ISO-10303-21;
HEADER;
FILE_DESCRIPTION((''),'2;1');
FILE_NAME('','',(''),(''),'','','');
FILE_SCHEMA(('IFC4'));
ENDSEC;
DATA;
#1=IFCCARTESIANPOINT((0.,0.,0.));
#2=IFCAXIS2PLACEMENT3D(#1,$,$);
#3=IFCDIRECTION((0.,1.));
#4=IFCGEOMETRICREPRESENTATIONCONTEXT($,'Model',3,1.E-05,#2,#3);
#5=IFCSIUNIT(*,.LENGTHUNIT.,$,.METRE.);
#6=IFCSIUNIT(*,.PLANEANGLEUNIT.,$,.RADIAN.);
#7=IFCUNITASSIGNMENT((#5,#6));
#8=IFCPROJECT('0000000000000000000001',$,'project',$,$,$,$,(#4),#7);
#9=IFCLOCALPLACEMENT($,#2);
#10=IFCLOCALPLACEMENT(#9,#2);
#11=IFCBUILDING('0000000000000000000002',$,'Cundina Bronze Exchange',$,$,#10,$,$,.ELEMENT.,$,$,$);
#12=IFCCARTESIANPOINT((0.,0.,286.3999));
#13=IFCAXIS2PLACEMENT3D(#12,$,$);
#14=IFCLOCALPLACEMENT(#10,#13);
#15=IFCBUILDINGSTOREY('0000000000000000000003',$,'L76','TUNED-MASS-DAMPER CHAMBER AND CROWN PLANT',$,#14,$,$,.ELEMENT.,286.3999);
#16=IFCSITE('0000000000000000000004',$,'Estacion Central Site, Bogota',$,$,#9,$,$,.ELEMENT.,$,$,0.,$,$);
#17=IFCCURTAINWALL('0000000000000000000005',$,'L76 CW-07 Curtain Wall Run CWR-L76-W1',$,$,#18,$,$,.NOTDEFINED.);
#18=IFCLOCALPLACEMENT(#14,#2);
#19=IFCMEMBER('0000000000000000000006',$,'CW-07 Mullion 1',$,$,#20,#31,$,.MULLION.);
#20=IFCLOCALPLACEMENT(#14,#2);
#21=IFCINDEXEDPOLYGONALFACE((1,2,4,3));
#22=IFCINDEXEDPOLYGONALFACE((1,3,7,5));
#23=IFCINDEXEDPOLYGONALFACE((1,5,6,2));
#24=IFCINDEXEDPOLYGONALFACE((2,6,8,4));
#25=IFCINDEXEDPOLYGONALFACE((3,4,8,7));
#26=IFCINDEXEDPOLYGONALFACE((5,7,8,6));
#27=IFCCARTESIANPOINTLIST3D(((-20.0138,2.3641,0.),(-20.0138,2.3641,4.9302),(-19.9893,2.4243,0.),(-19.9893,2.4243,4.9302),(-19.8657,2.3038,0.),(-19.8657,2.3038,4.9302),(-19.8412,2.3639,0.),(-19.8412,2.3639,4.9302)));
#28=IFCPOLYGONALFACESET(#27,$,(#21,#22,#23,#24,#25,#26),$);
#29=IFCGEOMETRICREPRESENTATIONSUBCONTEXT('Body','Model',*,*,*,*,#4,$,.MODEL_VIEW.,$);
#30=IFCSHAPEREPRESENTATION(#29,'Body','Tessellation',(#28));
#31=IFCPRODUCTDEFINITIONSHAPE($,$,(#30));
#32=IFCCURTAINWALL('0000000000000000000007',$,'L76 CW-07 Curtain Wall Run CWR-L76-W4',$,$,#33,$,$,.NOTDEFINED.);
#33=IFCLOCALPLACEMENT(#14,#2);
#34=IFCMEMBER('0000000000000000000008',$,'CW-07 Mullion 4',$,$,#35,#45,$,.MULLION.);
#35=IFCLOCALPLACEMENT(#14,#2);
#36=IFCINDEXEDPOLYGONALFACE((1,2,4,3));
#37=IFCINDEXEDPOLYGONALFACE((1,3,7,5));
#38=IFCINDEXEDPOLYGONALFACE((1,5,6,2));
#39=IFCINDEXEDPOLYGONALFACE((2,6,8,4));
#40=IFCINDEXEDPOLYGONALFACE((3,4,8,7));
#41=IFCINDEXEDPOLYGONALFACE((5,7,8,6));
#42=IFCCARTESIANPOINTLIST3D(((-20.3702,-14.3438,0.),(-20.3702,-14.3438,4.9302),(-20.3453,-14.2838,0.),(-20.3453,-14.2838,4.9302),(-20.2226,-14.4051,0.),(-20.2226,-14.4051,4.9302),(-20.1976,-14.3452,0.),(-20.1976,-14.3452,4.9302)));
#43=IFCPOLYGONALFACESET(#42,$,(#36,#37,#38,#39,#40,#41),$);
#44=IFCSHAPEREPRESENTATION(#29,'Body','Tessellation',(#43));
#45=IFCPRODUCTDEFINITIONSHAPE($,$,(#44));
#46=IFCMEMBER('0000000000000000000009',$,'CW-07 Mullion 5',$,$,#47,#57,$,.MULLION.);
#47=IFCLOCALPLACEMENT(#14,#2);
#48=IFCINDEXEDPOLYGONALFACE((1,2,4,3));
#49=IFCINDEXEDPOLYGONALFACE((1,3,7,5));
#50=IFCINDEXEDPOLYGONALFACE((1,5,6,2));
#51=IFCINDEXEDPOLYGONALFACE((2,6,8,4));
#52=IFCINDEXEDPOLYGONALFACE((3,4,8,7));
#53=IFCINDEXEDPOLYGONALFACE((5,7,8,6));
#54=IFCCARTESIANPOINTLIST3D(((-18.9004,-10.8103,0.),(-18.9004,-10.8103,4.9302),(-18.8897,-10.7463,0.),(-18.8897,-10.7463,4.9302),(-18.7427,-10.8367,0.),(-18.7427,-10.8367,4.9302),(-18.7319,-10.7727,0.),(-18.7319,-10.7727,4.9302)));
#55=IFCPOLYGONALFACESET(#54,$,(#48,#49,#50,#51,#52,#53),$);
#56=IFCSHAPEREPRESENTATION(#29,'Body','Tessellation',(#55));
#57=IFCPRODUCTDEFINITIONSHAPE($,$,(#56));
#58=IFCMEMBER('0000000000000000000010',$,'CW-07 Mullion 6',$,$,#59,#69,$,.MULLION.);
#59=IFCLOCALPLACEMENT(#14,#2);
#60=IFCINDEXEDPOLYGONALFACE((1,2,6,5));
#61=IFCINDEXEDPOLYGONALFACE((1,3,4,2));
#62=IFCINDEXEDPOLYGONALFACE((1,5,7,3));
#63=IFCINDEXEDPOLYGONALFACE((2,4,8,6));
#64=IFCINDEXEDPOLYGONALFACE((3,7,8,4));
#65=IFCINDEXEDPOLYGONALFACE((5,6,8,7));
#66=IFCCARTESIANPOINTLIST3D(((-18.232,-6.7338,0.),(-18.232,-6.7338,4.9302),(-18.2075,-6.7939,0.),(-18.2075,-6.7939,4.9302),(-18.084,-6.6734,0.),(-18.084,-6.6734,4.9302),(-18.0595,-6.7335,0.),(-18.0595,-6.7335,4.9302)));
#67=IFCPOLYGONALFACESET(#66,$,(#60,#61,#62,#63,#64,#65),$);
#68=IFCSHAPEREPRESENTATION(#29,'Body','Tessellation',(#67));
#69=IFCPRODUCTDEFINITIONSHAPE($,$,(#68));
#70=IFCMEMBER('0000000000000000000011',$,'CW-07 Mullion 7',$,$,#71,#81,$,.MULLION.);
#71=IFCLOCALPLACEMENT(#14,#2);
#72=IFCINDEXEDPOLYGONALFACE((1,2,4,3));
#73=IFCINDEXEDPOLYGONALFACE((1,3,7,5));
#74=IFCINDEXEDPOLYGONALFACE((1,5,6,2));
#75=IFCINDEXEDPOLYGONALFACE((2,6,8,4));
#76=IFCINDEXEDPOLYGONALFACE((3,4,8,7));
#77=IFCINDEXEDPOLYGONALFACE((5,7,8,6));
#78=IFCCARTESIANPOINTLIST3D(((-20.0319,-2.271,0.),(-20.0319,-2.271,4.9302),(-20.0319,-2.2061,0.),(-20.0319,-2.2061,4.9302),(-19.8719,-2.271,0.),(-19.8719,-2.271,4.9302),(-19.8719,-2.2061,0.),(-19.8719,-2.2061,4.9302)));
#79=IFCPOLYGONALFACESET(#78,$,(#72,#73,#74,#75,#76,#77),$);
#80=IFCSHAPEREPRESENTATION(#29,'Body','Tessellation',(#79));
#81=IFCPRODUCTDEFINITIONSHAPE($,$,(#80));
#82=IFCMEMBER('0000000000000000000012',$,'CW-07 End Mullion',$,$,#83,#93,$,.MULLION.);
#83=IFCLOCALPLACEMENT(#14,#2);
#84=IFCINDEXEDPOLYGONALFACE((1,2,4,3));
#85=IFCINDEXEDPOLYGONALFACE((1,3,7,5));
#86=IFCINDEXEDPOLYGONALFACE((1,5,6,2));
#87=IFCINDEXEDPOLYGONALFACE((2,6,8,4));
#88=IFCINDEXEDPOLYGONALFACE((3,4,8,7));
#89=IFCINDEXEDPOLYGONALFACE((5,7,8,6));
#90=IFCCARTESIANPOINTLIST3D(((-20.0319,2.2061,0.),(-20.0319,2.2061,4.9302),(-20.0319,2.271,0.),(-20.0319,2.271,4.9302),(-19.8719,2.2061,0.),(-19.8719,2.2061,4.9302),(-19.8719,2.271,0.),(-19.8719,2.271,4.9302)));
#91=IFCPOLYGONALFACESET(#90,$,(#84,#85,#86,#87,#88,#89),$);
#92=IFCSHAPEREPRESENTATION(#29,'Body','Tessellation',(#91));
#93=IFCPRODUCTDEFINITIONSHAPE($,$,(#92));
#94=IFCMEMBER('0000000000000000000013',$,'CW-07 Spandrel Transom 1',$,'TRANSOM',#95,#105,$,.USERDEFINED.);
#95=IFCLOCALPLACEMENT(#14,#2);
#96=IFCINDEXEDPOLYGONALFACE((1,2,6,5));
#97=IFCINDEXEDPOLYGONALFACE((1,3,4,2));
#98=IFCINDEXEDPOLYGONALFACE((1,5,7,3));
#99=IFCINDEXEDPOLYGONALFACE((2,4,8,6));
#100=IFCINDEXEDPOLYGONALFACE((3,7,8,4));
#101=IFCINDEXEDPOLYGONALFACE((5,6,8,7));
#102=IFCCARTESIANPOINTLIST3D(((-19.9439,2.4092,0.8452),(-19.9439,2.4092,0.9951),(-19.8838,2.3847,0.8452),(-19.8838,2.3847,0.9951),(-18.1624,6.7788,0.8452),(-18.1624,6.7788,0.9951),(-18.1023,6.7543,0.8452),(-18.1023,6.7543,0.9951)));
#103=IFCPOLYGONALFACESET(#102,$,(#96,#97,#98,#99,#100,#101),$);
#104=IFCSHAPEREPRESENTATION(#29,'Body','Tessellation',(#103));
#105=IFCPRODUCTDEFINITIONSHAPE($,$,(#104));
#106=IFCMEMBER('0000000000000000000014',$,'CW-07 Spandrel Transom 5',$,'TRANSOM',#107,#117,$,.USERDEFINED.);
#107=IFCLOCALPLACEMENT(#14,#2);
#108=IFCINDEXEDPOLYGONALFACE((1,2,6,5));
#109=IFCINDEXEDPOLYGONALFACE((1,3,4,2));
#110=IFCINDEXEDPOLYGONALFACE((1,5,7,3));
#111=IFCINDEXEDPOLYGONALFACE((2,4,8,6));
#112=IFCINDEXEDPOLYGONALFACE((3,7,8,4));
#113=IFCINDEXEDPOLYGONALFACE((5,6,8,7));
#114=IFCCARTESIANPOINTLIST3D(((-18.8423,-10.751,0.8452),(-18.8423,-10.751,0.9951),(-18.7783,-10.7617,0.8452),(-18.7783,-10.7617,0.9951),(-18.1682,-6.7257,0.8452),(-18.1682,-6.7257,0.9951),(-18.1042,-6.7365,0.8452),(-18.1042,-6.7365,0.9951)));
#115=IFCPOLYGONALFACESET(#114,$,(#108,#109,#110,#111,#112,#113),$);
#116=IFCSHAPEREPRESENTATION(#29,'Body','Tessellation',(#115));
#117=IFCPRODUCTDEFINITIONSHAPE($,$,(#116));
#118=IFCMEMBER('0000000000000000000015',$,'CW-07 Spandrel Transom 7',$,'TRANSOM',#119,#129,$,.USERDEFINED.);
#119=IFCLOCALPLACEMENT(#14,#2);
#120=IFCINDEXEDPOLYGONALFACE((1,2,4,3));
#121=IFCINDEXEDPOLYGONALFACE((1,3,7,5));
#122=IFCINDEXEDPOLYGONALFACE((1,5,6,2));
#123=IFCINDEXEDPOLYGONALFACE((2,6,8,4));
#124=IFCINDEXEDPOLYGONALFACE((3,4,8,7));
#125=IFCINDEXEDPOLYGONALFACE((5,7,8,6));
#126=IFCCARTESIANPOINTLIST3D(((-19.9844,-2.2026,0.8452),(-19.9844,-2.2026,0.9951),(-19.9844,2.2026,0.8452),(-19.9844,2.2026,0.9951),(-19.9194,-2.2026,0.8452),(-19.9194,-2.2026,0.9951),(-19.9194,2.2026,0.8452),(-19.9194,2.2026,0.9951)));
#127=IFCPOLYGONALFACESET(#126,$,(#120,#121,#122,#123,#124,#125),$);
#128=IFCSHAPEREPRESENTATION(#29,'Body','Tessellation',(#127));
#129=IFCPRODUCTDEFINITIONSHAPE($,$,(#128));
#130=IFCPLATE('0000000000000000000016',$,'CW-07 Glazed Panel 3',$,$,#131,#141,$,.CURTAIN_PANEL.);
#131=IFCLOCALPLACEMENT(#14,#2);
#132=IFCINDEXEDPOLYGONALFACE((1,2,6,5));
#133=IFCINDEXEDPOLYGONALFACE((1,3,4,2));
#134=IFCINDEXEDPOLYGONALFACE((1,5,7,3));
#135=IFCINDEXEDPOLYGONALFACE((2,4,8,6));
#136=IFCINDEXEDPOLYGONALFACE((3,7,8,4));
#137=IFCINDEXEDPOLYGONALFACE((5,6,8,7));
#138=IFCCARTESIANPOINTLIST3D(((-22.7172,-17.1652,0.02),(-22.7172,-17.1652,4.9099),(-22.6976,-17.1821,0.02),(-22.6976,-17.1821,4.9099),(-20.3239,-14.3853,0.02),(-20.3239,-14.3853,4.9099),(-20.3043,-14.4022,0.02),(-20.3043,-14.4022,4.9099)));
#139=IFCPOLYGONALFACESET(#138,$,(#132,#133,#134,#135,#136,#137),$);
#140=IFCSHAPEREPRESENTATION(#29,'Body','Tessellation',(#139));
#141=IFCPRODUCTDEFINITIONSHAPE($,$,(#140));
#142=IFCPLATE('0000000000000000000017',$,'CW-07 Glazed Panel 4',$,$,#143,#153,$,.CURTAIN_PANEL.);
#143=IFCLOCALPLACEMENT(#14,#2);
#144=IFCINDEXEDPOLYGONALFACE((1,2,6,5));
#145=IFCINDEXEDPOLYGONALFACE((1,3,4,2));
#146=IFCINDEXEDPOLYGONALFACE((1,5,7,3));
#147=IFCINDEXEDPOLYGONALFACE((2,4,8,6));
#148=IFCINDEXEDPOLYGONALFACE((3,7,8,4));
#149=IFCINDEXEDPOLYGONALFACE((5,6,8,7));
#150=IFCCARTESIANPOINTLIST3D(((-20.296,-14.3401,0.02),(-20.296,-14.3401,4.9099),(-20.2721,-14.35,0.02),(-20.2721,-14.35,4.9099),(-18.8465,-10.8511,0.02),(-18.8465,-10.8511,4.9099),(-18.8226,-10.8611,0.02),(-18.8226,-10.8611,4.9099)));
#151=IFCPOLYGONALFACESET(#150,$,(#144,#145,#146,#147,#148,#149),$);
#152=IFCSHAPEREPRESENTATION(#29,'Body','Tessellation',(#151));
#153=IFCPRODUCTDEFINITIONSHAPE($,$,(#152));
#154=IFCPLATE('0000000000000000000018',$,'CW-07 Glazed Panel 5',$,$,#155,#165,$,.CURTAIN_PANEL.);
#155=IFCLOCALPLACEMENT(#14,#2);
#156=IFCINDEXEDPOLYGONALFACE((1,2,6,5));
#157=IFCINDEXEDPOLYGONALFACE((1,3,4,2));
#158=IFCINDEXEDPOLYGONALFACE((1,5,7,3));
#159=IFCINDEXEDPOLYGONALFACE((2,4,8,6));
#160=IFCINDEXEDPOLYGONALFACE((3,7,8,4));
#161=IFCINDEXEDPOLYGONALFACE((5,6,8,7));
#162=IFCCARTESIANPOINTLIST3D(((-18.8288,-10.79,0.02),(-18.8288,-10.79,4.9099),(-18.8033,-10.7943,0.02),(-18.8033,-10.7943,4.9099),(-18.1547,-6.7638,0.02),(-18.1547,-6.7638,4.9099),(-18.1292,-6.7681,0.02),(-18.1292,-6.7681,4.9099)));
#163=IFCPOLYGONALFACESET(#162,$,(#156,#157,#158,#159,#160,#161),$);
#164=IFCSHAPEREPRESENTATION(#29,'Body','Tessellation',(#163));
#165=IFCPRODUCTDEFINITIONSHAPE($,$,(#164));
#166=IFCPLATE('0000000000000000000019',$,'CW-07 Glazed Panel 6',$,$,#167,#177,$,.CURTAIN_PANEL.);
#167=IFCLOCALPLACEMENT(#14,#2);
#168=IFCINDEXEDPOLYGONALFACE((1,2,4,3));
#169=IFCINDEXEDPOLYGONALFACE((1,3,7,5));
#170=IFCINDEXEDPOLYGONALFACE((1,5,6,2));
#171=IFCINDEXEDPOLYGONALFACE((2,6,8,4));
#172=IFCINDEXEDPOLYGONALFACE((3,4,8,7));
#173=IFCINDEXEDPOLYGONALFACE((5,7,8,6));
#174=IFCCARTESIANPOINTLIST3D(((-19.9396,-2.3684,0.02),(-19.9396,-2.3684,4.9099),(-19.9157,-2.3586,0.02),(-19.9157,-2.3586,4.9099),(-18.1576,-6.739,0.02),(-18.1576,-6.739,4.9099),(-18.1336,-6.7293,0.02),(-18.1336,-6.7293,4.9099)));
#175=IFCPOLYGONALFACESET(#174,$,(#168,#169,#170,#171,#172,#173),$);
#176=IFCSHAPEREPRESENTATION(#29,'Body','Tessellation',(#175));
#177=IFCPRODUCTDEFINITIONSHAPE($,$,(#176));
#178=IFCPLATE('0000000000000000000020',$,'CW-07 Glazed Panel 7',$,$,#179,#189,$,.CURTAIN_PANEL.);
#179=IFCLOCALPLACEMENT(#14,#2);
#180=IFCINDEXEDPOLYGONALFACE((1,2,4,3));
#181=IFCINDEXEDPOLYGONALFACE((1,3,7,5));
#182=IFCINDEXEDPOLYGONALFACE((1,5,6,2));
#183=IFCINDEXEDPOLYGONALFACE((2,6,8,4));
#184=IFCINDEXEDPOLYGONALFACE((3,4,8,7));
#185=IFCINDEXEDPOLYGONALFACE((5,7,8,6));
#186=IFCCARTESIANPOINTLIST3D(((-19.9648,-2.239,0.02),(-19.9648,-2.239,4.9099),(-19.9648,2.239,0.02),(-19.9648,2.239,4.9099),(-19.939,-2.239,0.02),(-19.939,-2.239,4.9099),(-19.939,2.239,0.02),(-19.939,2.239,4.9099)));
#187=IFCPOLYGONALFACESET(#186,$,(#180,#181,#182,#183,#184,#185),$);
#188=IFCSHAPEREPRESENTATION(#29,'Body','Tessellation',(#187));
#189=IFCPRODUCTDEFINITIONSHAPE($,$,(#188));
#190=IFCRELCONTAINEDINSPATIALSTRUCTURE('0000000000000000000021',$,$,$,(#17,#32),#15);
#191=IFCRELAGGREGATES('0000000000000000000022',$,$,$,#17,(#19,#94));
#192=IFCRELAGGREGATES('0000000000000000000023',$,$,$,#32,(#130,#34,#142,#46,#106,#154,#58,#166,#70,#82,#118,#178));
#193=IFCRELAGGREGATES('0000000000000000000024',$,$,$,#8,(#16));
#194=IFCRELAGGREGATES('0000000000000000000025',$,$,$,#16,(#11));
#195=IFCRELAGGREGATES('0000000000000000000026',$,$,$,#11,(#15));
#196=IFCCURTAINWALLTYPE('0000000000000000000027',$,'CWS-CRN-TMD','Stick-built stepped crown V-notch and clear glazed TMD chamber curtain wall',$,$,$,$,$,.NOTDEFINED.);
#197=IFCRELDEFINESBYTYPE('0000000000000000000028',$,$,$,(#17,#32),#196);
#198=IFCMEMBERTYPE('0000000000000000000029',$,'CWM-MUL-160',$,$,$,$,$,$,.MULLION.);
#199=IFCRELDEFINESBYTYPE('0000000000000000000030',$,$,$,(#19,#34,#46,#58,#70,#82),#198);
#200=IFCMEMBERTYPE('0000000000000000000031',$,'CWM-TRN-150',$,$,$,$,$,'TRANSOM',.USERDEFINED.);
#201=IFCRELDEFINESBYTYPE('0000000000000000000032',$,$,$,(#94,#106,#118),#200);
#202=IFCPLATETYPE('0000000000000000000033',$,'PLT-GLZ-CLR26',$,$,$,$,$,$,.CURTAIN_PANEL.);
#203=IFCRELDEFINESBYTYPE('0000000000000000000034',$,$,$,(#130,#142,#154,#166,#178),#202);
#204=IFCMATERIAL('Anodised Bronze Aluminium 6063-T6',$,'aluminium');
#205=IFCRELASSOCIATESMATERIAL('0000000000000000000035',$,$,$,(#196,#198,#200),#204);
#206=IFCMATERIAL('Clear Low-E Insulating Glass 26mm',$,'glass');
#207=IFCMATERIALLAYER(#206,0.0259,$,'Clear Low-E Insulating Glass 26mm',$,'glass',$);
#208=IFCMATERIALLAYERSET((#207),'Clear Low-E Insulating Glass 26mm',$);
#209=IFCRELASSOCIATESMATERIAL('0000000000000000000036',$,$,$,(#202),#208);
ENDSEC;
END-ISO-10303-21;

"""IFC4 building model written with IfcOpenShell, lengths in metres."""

from ifc_helpers import new_model, si_unit, direction, frame, origin, origin_2d, place, context, subcontext, project, spatial, rectangle, extrude, material, layer, layer_set, material_profile, profile_set, type_object, element, aggregate, save


model = new_model("IFC4")

# Units and contexts
model_context = context("Model", 3, precision=1e-05, world=origin(), true_north=direction((0.0, 1.0)))
body_context = subcontext(model_context, "Body", "Model", "MODEL_VIEW")
ifc_project = project(units=[si_unit("LENGTHUNIT", "METRE"), si_unit("PLANEANGLEUNIT", "RADIAN")], contexts=[model_context])

# Site, building, storey
site_placement = place(None, origin())
site = spatial("IfcSite", under=ifc_project, at=site_placement, Name="Estacion Central Site, Bogota", CompositionType="ELEMENT", RefElevation=0.0)
building_placement = place(site_placement, origin())
building = spatial("IfcBuilding", under=site, at=building_placement, Name="Cundina Bronze Exchange", CompositionType="ELEMENT")
storey_placement = place(building_placement, frame((0.0, 0.0, 286.3999)))
storey = spatial("IfcBuildingStorey", under=building, at=storey_placement, Name="L76", Description="TUNED-MASS-DAMPER CHAMBER AND CROWN PLANT", CompositionType="ELEMENT", Elevation=286.3999)

# Curtain wall, member
ifc_material_1 = material(Name="Anodised Bronze Aluminium 6063-T6", Category="aluminium")
curtain_wall_type = type_object("IfcCurtainWallType", Name="CWS-CRN-TMD", Description="Stick-built stepped crown V-notch and clear glazed TMD chamber curtain wall", PredefinedType="NOTDEFINED", material=ifc_material_1)
curtain_wall_1_placement = place(storey_placement, origin())
curtain_wall_1 = element("IfcCurtainWall", 1, at=curtain_wall_1_placement, inside=storey, type_object=curtain_wall_type, Name="L76 CW-07 Curtain Wall Run CWR-L76-W1", PredefinedType="NOTDEFINED")
ifc_material_profile_1 = material_profile(ifc_material_1, rectangle(XDim=0.0649, YDim=0.1599, at=origin_2d()), Name="AL65X160", Category="aluminium")
ifc_profile_set_1 = profile_set([ifc_material_profile_1], Name="Anodised Bronze Aluminium 6063-T6")
member_type_1 = type_object("IfcMemberType", Name="CWM-MUL-160", PredefinedType="MULLION", material=ifc_profile_set_1)
member_1_placement = place(storey_placement, frame((-19.9275, 2.364, 0.0), z_axis=(0.0, 0.0, 1.0), x_axis=(0.377518, 0.926002, 0.0)))
member_1 = element("IfcMember", 2, at=member_1_placement, type_object=member_type_1, Name="CW-07 Mullion 1", PredefinedType="MULLION", context=body_context, shape_type="SweptSolid", body=[
    extrude(rectangle(XDim=0.0649, YDim=0.1599, at=origin_2d()), origin(), (0.0, 0.0, 1.0), 4.9302),
])

# Curtain wall, members
curtain_wall_2_placement = place(storey_placement, origin())
curtain_wall_2 = element("IfcCurtainWall", 3, at=curtain_wall_2_placement, inside=storey, type_object=curtain_wall_type, Name="L76 CW-07 Curtain Wall Run CWR-L76-W4", PredefinedType="NOTDEFINED")
member_2_placement = place(storey_placement, frame((-20.2839, -14.3445, 0.0), z_axis=(0.0, 0.0, 1.0), x_axis=(0.383651, 0.923478, 0.0)))
member_2 = element("IfcMember", 4, at=member_2_placement, type_object=member_type_1, Name="CW-07 Mullion 4", PredefinedType="MULLION", context=body_context, shape_type="SweptSolid", body=[
    extrude(rectangle(XDim=0.0649, YDim=0.1599, at=origin_2d()), origin(), (0.0, 0.0, 1.0), 4.9302),
])
member_3_placement = place(storey_placement, frame((-18.8162, -10.7915, 0.0), z_axis=(0.0, 0.0, 1.0), x_axis=(0.165048, 0.986286, 0.0)))
member_3 = element("IfcMember", 5, at=member_3_placement, type_object=member_type_1, Name="CW-07 Mullion 5", PredefinedType="MULLION", context=body_context, shape_type="SweptSolid", body=[
    extrude(rectangle(XDim=0.0649, YDim=0.1599, at=origin_2d()), origin(), (0.0, 0.0, 1.0), 4.9302),
])
member_4_placement = place(storey_placement, frame((-18.1458, -6.7336, 0.0), z_axis=(0.0, 0.0, 1.0), x_axis=(-0.377518, 0.926002, 0.0)))
member_4 = element("IfcMember", 6, at=member_4_placement, type_object=member_type_1, Name="CW-07 Mullion 6", PredefinedType="MULLION", context=body_context, shape_type="SweptSolid", body=[
    extrude(rectangle(XDim=0.0649, YDim=0.1599, at=origin_2d()), origin(), (0.0, 0.0, 1.0), 4.9302),
])
member_5_placement = place(storey_placement, frame((-19.9519, -2.2385, 0.0), z_axis=(0.0, 0.0, 1.0), x_axis=(0.0, 1.0, 0.0)))
member_5 = element("IfcMember", 7, at=member_5_placement, type_object=member_type_1, Name="CW-07 Mullion 7", PredefinedType="MULLION", context=body_context, shape_type="SweptSolid", body=[
    extrude(rectangle(XDim=0.0649, YDim=0.1599, at=origin_2d()), origin(), (0.0, 0.0, 1.0), 4.9302),
])
member_6_placement = place(storey_placement, frame((-19.9519, 2.2385, 0.0), z_axis=(0.0, 0.0, 1.0), x_axis=(0.0, 1.0, 0.0)))
member_6 = element("IfcMember", 8, at=member_6_placement, type_object=member_type_1, Name="CW-07 End Mullion", PredefinedType="MULLION", context=body_context, shape_type="SweptSolid", body=[
    extrude(rectangle(XDim=0.0649, YDim=0.1599, at=origin_2d()), origin(), (0.0, 0.0, 1.0), 4.9302),
])

# Members
ifc_material_profile_2 = material_profile(ifc_material_1, rectangle(XDim=0.0649, YDim=0.1499, at=origin_2d()), Name="AL65X150", Category="aluminium")
ifc_profile_set_2 = profile_set([ifc_material_profile_2], Name="Anodised Bronze Aluminium 6063-T6")
member_type_2 = type_object("IfcMemberType", Name="CWM-TRN-150", ElementType="TRANSOM", PredefinedType="USERDEFINED", material=ifc_profile_set_2)
member_7_placement = place(storey_placement, frame((-19.9138, 2.397, 0.9202), z_axis=(0.377529, 0.925998, 0.0), x_axis=(-0.925998, 0.377529, 0.0)))
member_7 = element("IfcMember", 9, at=member_7_placement, type_object=member_type_2, Name="CW-07 Spandrel Transom 1", ObjectType="TRANSOM", PredefinedType="USERDEFINED", context=body_context, shape_type="SweptSolid", body=[
    extrude(rectangle(XDim=0.0649, YDim=0.1499, at=origin_2d()), origin(), (0.0, 0.0, 1.0), 4.7188),
])
aggregate(curtain_wall_1, [member_1, member_7])
member_8_placement = place(storey_placement, frame((-18.8103, -10.7563, 0.9202), z_axis=(0.165165, 0.986266, 0.0), x_axis=(-0.986266, 0.165165, 0.0)))
member_8 = element("IfcMember", 10, at=member_8_placement, type_object=member_type_2, Name="CW-07 Spandrel Transom 5", ObjectType="TRANSOM", PredefinedType="USERDEFINED", context=body_context, shape_type="SweptSolid", body=[
    extrude(rectangle(XDim=0.0649, YDim=0.1499, at=origin_2d()), origin(), (0.0, 0.0, 1.0), 4.0813),
])
member_9_placement = place(storey_placement, frame((-19.9519, -2.2026, 0.9202), z_axis=(0.0, 1.0, 0.0), x_axis=(-1.0, 0.0, 0.0)))
member_9 = element("IfcMember", 11, at=member_9_placement, type_object=member_type_2, Name="CW-07 Spandrel Transom 7", ObjectType="TRANSOM", PredefinedType="USERDEFINED", context=body_context, shape_type="SweptSolid", body=[
    extrude(rectangle(XDim=0.0649, YDim=0.1499, at=origin_2d()), origin(), (0.0, 0.0, 1.0), 4.4053),
])

# Plates
ifc_material_2 = material(Name="Clear Low-E Insulating Glass 26mm", Category="glass")
ifc_layer_1 = layer(ifc_material_2, 0.0259, Name="Clear Low-E Insulating Glass 26mm", Category="glass")
ifc_layer_set_1 = layer_set([ifc_layer_1], Name="Clear Low-E Insulating Glass 26mm")
plate_type = type_object("IfcPlateType", Name="PLT-GLZ-CLR26", PredefinedType="CURTAIN_PANEL", material=ifc_layer_set_1)
plate_1_placement = place(storey_placement, frame((-21.5107, -15.7837, 0.02), z_axis=(0.0, 0.0, 1.0), x_axis=(0.652456, 0.757827, 0.0)))
plate_1 = element("IfcPlate", 12, at=plate_1_placement, type_object=plate_type, Name="CW-07 Glazed Panel 3", PredefinedType="CURTAIN_PANEL", context=body_context, shape_type="SweptSolid", body=[
    extrude(rectangle(XDim=3.6682, YDim=0.0259, at=origin_2d()), origin(), (0.0, 0.0, 1.0), 4.8899),
])
plate_2_placement = place(storey_placement, frame((-19.5593, -12.6006, 0.02), z_axis=(0.0, 0.0, 1.0), x_axis=(0.383667, 0.923472, 0.0)))
plate_2 = element("IfcPlate", 13, at=plate_2_placement, type_object=plate_type, Name="CW-07 Glazed Panel 4", PredefinedType="CURTAIN_PANEL", context=body_context, shape_type="SweptSolid", body=[
    extrude(rectangle(XDim=3.7781, YDim=0.0259, at=origin_2d()), origin(), (0.0, 0.0, 1.0), 4.8899),
])
plate_3_placement = place(storey_placement, frame((-18.479, -8.7791, 0.02), z_axis=(0.0, 0.0, 1.0), x_axis=(0.165134, 0.986271, 0.0)))
plate_3 = element("IfcPlate", 14, at=plate_3_placement, type_object=plate_type, Name="CW-07 Glazed Panel 5", PredefinedType="CURTAIN_PANEL", context=body_context, shape_type="SweptSolid", body=[
    extrude(rectangle(XDim=4.0823, YDim=0.0259, at=origin_2d()), origin(), (0.0, 0.0, 1.0), 4.8899),
])
plate_4_placement = place(storey_placement, frame((-19.0366, -4.5488, 0.02), z_axis=(0.0, 0.0, 1.0), x_axis=(-0.37755, 0.925989, 0.0)))
plate_4 = element("IfcPlate", 15, at=plate_4_placement, type_object=plate_type, Name="CW-07 Glazed Panel 6", PredefinedType="CURTAIN_PANEL", context=body_context, shape_type="SweptSolid", body=[
    extrude(rectangle(XDim=4.72, YDim=0.0259, at=origin_2d()), origin(), (0.0, 0.0, 1.0), 4.8899),
])
plate_5_placement = place(storey_placement, frame((-19.9519, 0.0, 0.02), z_axis=(0.0, 0.0, 1.0), x_axis=(0.0, 1.0, 0.0)))
plate_5 = element("IfcPlate", 16, at=plate_5_placement, type_object=plate_type, Name="CW-07 Glazed Panel 7", PredefinedType="CURTAIN_PANEL", context=body_context, shape_type="SweptSolid", body=[
    extrude(rectangle(XDim=4.478, YDim=0.0259, at=origin_2d()), origin(), (0.0, 0.0, 1.0), 4.8899),
])
aggregate(curtain_wall_2, [plate_1, member_2, plate_2, member_3, member_8, plate_3, member_4, plate_4, member_5, member_6, member_9, plate_5])

save(model, "model.ifc")
